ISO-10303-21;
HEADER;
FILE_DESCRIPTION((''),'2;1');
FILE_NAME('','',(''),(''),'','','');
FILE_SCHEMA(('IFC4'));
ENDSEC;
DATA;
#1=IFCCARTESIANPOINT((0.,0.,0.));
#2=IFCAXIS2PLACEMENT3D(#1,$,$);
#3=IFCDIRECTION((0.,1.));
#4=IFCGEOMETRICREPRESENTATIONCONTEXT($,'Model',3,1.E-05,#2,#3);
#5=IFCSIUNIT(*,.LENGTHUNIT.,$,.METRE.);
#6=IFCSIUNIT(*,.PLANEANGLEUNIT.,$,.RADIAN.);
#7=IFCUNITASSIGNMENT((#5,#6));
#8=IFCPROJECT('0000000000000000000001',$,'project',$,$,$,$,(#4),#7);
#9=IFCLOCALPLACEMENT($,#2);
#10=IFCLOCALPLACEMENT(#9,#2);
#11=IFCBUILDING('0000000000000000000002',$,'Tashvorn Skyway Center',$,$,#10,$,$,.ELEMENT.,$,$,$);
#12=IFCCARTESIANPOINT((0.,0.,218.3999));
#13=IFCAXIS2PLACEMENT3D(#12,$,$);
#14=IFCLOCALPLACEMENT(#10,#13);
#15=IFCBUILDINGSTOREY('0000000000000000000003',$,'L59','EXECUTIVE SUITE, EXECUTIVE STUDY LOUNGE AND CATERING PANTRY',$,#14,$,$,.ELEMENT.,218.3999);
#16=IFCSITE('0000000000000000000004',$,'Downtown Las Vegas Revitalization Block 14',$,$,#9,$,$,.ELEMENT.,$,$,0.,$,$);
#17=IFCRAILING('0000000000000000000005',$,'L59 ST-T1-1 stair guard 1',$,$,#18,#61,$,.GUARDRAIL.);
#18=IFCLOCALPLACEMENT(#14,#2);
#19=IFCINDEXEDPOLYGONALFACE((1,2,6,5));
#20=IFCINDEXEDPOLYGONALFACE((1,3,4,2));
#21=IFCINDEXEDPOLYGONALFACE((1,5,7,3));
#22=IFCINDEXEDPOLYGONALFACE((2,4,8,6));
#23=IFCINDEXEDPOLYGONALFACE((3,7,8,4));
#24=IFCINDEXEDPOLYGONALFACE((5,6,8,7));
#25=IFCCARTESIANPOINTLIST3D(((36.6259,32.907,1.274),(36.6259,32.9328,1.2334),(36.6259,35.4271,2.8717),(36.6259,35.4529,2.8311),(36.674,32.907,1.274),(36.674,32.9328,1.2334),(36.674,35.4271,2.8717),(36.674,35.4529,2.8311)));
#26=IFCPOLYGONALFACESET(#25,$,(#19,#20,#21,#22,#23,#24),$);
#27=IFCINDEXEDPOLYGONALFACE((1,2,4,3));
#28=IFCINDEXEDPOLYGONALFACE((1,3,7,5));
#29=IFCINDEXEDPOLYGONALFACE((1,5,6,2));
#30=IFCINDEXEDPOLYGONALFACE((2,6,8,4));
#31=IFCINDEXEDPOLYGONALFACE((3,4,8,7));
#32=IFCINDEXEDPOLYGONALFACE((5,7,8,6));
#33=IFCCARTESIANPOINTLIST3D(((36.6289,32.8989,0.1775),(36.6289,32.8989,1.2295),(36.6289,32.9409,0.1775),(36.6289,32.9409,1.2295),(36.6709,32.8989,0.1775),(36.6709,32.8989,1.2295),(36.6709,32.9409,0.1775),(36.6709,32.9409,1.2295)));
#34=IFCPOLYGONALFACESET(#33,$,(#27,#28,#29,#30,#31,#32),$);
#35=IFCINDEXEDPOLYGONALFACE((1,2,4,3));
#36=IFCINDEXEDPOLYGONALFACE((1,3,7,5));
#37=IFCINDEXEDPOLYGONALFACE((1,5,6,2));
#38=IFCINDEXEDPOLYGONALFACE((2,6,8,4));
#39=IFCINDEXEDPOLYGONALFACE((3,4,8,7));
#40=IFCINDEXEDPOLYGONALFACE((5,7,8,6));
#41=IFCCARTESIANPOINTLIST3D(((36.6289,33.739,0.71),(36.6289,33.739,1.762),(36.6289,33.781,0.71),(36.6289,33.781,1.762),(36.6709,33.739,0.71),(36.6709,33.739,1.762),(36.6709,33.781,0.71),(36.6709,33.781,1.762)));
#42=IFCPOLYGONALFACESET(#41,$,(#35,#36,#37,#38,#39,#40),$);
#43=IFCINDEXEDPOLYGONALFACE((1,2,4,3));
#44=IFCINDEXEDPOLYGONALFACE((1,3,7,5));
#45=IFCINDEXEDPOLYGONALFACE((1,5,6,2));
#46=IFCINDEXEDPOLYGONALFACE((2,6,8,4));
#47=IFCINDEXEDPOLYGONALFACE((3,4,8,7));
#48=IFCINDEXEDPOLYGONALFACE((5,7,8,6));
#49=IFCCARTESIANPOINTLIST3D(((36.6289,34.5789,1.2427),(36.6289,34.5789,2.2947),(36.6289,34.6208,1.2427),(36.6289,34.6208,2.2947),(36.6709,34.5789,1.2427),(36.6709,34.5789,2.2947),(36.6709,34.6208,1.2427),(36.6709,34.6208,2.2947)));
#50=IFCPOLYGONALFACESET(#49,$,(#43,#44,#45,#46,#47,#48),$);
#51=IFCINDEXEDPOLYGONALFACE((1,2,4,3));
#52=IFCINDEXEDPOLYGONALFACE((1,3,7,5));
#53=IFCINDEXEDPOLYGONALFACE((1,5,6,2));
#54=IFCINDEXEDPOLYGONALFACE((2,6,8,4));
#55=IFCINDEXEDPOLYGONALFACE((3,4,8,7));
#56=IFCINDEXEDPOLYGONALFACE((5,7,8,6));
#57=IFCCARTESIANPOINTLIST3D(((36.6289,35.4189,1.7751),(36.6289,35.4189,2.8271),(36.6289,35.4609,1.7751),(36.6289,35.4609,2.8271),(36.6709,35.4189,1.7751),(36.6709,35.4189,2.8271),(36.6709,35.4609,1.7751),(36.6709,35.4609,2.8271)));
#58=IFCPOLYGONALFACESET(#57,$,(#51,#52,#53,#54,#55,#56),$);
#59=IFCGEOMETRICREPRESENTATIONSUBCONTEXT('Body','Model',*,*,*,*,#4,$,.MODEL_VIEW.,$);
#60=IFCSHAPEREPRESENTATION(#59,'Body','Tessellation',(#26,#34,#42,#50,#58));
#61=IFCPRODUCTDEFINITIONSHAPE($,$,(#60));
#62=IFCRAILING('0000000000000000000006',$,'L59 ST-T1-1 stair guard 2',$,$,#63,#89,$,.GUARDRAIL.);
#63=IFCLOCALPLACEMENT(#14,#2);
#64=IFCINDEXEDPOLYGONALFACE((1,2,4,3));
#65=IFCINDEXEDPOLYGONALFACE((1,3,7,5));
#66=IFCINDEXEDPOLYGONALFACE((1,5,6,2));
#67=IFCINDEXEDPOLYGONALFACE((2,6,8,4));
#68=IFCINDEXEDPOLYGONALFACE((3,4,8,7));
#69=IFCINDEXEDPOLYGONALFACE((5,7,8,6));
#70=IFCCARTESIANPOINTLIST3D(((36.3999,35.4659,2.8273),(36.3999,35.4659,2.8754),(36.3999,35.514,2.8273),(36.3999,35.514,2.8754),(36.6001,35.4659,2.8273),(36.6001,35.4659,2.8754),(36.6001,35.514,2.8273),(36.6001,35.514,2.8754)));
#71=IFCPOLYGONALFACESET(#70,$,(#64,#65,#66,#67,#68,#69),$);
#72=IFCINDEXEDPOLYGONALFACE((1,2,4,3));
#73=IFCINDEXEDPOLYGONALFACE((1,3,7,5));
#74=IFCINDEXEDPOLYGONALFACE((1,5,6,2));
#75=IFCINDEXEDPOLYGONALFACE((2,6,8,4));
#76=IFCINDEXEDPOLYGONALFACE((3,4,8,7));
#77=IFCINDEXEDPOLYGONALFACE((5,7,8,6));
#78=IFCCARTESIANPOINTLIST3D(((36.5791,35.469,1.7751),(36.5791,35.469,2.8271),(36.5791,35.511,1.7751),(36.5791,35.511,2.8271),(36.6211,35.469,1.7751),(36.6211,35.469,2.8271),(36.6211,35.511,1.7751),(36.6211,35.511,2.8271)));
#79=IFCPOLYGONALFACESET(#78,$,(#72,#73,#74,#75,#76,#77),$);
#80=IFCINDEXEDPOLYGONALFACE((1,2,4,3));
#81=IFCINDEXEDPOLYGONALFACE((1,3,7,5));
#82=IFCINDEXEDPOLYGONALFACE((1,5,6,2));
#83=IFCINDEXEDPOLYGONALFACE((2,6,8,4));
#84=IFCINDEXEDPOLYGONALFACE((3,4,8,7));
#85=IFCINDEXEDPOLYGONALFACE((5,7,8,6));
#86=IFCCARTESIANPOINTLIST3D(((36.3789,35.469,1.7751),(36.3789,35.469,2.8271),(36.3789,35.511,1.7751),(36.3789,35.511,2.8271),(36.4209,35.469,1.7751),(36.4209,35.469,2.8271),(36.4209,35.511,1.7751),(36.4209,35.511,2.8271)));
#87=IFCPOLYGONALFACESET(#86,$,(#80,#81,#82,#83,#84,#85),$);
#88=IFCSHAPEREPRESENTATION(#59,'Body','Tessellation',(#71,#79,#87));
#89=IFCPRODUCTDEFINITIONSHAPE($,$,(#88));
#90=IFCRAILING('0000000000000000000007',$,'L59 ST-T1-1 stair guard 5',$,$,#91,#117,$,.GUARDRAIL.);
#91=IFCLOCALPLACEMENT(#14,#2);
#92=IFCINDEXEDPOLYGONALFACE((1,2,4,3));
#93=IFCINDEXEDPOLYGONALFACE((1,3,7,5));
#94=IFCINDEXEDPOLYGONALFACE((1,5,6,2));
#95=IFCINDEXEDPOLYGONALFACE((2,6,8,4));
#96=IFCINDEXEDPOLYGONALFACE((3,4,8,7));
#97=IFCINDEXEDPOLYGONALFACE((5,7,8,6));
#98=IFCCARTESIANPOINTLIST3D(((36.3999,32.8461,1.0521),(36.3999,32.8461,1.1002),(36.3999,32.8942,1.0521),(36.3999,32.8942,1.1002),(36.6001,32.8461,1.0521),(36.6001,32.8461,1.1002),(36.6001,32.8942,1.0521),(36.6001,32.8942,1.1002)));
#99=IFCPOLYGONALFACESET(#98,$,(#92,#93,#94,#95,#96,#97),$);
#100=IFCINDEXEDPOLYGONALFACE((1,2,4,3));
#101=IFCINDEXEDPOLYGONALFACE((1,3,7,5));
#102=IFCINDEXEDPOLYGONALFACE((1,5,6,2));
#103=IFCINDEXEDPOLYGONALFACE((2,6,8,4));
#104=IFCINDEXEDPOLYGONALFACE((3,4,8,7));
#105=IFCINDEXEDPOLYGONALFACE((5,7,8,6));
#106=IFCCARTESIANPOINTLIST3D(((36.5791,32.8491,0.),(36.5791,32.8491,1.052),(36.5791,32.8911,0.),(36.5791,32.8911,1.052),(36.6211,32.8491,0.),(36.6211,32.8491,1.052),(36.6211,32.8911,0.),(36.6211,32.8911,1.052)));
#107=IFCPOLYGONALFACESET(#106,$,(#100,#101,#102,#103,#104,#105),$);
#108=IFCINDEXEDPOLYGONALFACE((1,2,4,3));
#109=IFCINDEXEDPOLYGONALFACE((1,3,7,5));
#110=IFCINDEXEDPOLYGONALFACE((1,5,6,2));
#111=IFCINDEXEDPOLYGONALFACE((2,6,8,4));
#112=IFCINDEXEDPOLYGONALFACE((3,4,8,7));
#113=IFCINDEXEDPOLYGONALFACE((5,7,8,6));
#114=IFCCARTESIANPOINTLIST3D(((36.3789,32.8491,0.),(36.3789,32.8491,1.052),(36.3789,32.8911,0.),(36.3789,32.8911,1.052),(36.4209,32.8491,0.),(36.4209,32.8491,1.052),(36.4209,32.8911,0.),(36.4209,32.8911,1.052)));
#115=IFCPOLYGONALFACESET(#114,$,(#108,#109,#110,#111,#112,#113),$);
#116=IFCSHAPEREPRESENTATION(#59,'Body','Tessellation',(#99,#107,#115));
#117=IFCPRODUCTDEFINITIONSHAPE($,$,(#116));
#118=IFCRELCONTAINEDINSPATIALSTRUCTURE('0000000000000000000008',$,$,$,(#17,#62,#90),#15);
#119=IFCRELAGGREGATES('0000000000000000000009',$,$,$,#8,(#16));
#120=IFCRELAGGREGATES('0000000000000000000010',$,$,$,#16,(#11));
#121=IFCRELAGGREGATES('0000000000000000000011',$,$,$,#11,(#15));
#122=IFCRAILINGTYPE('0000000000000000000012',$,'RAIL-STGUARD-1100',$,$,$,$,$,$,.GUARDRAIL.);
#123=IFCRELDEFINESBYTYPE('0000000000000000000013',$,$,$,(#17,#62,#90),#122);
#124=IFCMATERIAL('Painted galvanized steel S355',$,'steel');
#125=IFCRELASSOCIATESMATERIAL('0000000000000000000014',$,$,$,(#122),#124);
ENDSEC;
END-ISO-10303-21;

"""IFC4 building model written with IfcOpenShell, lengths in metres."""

from ifc_helpers import new_model, si_unit, direction, frame, origin, origin_2d, place, context, subcontext, project, spatial, rectangle, extrude, material, type_object, element, save


model = new_model("IFC4")

# Units and contexts
model_context = context("Model", 3, precision=1e-05, world=origin(), true_north=direction((0.0, 1.0)))
body_context = subcontext(model_context, "Body", "Model", "MODEL_VIEW")
ifc_project = project(units=[si_unit("LENGTHUNIT", "METRE"), si_unit("PLANEANGLEUNIT", "RADIAN")], contexts=[model_context])

# Site, building, storey
site_placement = place(None, origin())
site = spatial("IfcSite", under=ifc_project, at=site_placement, Name="Downtown Las Vegas Revitalization Block 14", CompositionType="ELEMENT", RefElevation=0.0)
building_placement = place(site_placement, origin())
building = spatial("IfcBuilding", under=site, at=building_placement, Name="Tashvorn Skyway Center", CompositionType="ELEMENT")
storey_placement = place(building_placement, frame((0.0, 0.0, 218.3999)))
storey = spatial("IfcBuildingStorey", under=building, at=storey_placement, Name="L59", Description="EXECUTIVE SUITE, EXECUTIVE STUDY LOUNGE AND CATERING PANTRY", CompositionType="ELEMENT", Elevation=218.3999)

# Railings
ifc_material_1 = material(Name="Painted galvanized steel S355", Category="steel")
railing_type_1 = type_object("IfcRailingType", Name="RAIL-STGUARD-1100", PredefinedType="GUARDRAIL", material=ifc_material_1)
railing_1_placement = place(storey_placement, frame((36.6499, 32.9199, 0.1775)))
element("IfcRailing", 1, at=railing_1_placement, inside=storey, type_object=railing_type_1, Name="L59 ST-T1-1 stair guard 1", PredefinedType="GUARDRAIL", context=body_context, shape_type="SweptSolid", body=[
    extrude(rectangle(XDim=0.0481, YDim=0.0481, at=origin_2d()), frame((0.0, 0.0, 1.0762), z_axis=(0.0, 0.84457, 0.535445), x_axis=(-1.0, 0.0, 0.0)), (0.0, 0.0, 1.0), 2.9839),
    extrude(rectangle(XDim=0.042, YDim=0.042, at=origin_2d()), origin(), (0.0, 0.0, 1.0), 1.052),
    extrude(rectangle(XDim=0.042, YDim=0.042, at=origin_2d()), frame((0.0, 0.8401, 0.5325)), (0.0, 0.0, 1.0), 1.052),
    extrude(rectangle(XDim=0.042, YDim=0.042, at=origin_2d()), frame((0.0, 1.6799, 1.0652)), (0.0, 0.0, 1.0), 1.052),
    extrude(rectangle(XDim=0.042, YDim=0.042, at=origin_2d()), frame((0.0, 2.52, 1.5977)), (0.0, 0.0, 1.0), 1.052),
])
for number, where, name in (
    (2, (36.6001, 35.49, 1.7751), "L59 ST-T1-1 stair guard 2"),
    (3, (36.6001, 32.8701, 0.0), "L59 ST-T1-1 stair guard 5"),
):
    element("IfcRailing", number, at=place(storey_placement, frame(where)), inside=storey, type_object=railing_type_1, Name=name, PredefinedType="GUARDRAIL", context=body_context, shape_type="SweptSolid", body=[
        extrude(rectangle(XDim=0.0481, YDim=0.0481, at=origin_2d()), frame((0.0, 0.0, 1.0762), z_axis=(-1.0, 0.0, 0.0), x_axis=(0.0, -1.0, 0.0)), (0.0, 0.0, 1.0), 0.2002),
        extrude(rectangle(XDim=0.042, YDim=0.042, at=origin_2d()), origin(), (0.0, 0.0, 1.0), 1.052),
        extrude(rectangle(XDim=0.042, YDim=0.042, at=origin_2d()), frame((-0.2002, 0.0, 0.0)), (0.0, 0.0, 1.0), 1.052),
    ])

save(model, "model.ifc")
